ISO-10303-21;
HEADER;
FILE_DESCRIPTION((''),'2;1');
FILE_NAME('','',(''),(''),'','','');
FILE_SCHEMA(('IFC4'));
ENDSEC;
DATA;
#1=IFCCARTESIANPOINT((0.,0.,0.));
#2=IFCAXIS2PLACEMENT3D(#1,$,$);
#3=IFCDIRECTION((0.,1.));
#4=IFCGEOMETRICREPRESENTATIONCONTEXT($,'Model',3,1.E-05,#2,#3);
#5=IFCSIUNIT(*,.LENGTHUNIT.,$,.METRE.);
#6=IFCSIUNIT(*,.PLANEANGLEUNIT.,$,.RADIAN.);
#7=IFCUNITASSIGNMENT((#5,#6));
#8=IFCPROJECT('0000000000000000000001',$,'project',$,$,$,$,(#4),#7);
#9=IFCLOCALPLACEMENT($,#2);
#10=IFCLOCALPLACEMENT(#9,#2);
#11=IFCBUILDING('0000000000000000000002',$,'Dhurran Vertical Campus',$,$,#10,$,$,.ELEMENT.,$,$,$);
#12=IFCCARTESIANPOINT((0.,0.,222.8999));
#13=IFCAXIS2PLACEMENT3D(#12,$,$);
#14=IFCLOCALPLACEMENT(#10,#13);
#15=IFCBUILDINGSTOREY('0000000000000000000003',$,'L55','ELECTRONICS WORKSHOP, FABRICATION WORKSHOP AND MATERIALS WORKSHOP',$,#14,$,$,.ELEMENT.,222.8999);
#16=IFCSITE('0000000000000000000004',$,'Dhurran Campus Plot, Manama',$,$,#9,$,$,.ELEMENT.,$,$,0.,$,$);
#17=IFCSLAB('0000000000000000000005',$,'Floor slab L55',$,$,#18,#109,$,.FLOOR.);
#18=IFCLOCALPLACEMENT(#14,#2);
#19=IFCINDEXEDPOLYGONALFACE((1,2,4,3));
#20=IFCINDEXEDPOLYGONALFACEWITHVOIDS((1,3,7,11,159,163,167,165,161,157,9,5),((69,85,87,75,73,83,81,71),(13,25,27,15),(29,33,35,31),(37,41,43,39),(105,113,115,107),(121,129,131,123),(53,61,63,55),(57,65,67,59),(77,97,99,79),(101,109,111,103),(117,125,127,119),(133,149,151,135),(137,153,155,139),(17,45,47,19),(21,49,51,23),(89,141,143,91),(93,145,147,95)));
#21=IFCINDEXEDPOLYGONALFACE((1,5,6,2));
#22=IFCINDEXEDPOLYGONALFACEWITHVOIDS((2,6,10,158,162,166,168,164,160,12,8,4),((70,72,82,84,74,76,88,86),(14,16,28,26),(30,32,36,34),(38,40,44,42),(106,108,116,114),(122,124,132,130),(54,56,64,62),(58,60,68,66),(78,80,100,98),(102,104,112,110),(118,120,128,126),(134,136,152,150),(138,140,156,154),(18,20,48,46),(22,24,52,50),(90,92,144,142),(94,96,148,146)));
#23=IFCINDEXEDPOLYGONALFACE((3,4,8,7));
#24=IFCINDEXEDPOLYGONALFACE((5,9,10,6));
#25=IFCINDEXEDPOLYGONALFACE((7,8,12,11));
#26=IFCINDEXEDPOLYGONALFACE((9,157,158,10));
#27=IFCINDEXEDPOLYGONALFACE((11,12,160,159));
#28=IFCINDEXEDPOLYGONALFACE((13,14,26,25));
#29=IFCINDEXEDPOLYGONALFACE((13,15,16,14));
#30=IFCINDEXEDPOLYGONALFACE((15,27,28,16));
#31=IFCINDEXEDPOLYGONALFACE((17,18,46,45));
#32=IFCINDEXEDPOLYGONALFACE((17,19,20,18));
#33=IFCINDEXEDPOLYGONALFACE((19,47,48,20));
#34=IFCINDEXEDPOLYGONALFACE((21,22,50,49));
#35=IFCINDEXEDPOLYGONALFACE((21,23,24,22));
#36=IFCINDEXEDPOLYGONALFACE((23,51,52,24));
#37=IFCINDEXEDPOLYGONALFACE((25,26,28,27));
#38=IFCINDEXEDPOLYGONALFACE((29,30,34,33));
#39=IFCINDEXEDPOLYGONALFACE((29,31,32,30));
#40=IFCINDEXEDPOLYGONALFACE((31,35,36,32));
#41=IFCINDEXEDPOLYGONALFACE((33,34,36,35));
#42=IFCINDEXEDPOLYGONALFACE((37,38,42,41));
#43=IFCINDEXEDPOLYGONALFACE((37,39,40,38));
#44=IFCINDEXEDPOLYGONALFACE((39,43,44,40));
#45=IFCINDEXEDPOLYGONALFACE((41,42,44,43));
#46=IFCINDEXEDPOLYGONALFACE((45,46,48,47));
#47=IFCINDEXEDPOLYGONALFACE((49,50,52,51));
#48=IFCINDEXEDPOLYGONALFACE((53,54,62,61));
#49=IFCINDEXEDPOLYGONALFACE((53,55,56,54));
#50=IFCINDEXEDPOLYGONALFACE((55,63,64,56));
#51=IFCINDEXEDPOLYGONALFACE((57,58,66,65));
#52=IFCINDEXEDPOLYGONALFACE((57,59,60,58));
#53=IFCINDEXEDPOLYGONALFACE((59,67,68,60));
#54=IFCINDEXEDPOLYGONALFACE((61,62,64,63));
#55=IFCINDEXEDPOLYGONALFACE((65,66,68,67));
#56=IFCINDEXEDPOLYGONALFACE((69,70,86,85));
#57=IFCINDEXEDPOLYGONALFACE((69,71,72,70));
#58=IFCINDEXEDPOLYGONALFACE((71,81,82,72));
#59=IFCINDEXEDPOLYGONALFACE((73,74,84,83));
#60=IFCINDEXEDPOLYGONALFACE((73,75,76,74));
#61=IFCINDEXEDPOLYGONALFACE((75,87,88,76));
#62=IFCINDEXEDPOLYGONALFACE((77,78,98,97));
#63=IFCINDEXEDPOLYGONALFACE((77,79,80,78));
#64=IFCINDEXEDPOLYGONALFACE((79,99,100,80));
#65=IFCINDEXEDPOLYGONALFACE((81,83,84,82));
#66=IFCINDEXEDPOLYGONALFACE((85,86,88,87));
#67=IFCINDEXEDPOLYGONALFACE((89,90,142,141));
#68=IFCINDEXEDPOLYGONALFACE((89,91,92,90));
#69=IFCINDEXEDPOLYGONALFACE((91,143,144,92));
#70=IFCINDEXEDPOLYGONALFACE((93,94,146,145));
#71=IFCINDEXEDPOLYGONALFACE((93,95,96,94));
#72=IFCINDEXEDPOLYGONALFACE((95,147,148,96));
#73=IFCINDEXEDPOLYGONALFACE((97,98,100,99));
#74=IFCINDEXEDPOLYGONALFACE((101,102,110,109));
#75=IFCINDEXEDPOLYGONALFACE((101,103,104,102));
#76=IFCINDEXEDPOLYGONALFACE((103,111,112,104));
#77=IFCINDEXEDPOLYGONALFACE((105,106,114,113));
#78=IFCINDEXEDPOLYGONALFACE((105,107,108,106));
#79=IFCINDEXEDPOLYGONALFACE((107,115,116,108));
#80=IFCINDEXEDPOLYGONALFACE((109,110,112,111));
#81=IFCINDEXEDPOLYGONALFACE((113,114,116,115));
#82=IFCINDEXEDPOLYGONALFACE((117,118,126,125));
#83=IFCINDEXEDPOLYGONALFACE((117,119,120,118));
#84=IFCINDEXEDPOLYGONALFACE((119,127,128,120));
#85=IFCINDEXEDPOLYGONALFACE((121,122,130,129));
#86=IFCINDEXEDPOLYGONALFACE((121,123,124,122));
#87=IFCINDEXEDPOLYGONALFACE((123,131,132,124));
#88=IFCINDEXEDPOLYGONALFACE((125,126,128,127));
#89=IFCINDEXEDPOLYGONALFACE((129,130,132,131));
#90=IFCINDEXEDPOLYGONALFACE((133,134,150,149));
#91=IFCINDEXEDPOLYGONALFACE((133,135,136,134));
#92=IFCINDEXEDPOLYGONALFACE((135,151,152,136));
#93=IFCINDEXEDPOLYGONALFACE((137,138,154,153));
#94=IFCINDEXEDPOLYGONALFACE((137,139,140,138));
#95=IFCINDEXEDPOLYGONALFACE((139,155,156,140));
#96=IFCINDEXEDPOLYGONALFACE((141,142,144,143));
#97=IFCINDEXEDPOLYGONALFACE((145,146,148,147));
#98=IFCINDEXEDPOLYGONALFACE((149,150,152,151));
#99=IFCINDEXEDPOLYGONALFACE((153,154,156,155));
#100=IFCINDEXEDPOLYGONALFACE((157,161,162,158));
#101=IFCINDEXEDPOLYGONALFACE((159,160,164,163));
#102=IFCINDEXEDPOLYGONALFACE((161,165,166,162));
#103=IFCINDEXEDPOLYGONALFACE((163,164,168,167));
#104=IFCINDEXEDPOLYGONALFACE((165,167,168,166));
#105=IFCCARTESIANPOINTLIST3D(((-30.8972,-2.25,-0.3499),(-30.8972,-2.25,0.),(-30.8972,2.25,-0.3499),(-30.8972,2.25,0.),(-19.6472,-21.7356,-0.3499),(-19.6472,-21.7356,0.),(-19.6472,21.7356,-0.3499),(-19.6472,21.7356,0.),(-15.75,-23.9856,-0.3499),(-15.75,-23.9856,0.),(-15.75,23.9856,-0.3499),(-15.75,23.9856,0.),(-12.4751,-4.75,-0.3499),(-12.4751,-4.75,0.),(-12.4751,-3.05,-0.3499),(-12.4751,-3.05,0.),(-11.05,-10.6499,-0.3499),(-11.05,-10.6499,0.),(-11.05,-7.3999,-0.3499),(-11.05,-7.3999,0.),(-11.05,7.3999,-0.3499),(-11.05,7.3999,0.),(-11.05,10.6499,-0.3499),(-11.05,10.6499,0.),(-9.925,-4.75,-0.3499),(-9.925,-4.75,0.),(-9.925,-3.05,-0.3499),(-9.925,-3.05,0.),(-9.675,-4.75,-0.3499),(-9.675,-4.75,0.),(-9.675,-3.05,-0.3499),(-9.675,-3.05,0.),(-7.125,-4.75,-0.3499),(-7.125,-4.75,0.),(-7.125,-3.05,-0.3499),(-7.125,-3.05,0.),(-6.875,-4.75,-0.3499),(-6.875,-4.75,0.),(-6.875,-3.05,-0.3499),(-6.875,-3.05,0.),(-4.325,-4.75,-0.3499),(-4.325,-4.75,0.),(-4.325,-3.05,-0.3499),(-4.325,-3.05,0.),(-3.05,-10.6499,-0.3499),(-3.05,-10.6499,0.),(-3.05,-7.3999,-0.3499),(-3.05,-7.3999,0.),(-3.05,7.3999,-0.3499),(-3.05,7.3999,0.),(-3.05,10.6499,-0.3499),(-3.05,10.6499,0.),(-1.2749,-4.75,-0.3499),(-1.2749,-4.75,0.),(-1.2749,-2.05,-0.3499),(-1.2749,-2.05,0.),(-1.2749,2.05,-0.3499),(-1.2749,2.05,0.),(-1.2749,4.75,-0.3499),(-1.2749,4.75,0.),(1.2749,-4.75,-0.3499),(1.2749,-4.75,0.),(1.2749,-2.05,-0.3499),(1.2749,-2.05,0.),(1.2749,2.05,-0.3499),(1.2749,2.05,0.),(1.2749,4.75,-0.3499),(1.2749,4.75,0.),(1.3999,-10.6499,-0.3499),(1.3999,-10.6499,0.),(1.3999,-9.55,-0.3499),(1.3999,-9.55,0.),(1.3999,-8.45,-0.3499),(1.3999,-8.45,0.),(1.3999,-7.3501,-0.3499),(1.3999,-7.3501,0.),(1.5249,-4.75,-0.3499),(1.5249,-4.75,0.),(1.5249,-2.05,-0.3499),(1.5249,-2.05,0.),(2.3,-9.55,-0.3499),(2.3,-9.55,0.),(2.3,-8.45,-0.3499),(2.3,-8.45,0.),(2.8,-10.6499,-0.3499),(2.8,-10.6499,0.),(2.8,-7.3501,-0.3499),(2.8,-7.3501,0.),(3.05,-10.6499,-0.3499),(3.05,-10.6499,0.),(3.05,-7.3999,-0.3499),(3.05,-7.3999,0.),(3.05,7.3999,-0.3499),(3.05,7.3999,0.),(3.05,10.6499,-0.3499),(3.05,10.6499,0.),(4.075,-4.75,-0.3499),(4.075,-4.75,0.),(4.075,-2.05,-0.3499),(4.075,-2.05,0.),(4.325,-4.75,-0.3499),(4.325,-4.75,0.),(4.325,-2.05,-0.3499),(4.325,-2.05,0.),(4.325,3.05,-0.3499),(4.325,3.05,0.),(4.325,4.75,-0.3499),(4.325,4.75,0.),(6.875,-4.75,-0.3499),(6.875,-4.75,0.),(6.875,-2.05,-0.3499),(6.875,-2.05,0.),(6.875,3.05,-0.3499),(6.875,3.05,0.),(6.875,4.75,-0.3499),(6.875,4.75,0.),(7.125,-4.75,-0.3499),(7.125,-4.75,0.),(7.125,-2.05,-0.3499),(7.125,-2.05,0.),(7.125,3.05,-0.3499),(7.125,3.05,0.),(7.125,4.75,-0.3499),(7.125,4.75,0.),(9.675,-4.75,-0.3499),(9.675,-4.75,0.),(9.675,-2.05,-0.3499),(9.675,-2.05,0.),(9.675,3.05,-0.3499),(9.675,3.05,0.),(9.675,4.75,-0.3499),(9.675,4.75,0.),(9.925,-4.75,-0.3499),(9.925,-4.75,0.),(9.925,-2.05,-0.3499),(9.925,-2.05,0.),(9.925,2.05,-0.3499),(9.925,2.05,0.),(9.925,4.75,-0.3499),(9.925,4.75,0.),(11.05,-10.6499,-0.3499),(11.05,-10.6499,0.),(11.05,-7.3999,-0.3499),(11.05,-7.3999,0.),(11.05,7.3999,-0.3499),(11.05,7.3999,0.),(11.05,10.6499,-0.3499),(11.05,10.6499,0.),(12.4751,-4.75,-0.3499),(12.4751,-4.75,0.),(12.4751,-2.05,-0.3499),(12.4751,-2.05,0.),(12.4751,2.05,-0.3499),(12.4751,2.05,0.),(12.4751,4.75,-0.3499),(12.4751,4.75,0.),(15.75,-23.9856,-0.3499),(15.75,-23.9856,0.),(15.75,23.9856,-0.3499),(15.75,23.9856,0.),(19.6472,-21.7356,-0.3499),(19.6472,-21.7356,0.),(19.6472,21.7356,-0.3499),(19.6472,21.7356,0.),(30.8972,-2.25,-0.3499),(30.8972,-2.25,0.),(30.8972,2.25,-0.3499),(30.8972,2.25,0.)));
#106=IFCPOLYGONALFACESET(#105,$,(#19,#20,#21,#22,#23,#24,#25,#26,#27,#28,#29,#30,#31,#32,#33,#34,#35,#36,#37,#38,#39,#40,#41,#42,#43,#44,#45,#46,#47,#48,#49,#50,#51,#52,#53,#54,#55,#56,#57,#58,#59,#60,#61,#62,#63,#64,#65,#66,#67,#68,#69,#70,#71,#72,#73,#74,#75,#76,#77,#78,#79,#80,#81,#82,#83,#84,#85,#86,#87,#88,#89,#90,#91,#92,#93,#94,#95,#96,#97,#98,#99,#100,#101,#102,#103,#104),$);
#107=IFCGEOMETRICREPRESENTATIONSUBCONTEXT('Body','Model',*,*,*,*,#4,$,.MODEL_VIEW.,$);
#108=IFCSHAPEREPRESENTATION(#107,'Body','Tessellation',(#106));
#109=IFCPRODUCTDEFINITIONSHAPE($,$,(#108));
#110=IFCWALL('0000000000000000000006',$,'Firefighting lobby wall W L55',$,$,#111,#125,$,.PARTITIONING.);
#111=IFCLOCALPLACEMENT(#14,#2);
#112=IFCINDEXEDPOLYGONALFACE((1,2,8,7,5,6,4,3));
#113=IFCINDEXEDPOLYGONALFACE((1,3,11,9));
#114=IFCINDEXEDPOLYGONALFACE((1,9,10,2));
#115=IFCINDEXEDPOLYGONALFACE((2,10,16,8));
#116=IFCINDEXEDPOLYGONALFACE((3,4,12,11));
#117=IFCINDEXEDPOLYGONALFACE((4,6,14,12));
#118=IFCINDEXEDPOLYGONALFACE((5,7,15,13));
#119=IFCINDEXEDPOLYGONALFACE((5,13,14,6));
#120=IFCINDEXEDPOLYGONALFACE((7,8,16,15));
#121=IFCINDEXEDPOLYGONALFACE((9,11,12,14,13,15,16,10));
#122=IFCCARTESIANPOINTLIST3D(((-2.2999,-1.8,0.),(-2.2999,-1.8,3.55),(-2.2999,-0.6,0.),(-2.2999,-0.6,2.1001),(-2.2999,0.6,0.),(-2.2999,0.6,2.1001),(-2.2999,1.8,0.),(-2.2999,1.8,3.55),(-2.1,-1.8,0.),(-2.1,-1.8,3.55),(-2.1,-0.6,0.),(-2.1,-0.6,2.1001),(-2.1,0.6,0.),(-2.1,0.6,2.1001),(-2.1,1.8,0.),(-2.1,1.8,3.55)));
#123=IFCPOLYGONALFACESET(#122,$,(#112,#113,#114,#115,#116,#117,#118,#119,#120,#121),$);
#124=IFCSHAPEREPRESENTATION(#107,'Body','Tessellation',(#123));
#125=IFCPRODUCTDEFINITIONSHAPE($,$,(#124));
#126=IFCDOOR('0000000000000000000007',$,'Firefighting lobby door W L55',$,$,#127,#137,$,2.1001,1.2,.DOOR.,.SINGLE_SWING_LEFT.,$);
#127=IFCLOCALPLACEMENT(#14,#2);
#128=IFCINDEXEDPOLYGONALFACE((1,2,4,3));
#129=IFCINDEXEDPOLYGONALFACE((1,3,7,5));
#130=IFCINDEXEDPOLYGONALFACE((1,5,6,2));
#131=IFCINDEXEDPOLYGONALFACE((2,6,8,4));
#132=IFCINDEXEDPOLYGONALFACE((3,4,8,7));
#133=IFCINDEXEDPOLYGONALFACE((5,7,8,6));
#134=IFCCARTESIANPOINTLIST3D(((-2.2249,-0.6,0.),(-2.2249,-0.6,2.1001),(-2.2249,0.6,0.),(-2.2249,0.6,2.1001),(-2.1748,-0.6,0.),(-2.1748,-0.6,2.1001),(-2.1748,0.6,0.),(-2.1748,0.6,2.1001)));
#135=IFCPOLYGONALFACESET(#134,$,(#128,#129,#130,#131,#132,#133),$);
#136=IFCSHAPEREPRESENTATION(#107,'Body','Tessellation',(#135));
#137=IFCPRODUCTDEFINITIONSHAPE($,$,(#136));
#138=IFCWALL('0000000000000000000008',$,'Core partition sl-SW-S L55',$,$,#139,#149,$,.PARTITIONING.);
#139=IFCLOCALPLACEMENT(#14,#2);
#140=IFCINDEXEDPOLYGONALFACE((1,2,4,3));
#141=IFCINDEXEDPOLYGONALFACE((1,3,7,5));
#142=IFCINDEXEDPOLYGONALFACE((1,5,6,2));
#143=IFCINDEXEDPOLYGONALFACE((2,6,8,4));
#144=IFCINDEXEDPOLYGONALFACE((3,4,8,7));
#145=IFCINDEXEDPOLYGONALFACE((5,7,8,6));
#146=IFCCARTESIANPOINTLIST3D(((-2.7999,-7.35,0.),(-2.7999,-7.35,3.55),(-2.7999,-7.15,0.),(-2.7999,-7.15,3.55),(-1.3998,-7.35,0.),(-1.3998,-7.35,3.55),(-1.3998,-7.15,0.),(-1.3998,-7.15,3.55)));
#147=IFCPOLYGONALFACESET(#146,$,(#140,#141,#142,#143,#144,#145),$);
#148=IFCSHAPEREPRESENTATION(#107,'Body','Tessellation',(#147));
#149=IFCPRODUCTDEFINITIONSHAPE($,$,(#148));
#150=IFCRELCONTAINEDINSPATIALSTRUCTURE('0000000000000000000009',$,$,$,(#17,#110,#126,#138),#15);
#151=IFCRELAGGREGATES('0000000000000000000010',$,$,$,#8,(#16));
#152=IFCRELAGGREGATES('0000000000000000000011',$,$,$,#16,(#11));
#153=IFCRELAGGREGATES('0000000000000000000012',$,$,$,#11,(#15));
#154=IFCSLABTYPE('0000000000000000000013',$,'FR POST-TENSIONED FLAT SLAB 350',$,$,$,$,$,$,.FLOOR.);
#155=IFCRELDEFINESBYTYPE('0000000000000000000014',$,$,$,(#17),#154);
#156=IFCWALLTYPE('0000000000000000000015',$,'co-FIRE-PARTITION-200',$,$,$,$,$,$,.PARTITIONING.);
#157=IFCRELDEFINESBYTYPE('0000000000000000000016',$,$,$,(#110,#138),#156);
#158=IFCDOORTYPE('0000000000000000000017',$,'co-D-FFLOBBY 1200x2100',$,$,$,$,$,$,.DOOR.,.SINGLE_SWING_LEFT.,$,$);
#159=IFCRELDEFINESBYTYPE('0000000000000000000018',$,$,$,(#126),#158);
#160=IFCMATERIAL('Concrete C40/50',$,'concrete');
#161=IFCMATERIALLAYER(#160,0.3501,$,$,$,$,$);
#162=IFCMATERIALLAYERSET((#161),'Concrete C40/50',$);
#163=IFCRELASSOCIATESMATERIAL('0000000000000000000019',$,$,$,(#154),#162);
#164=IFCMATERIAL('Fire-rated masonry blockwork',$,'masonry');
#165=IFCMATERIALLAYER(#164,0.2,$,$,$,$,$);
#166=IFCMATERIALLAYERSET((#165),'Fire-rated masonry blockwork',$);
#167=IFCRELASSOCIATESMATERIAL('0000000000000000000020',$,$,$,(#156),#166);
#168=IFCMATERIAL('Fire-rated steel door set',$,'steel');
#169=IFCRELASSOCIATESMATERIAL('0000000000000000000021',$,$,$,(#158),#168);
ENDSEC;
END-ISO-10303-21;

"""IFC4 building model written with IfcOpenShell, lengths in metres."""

from ifc_helpers import new_model, si_unit, direction, frame, frame_2d, origin, place, context, subcontext, project, spatial, polyline, rectangle, outline, extrude, material, layer, layer_set, type_object, element, fill, save


model = new_model("IFC4")

# Units and contexts
model_context = context("Model", 3, precision=1e-05, world=origin(), true_north=direction((0.0, 1.0)))
body_context = subcontext(model_context, "Body", "Model", "MODEL_VIEW")
ifc_project = project(units=[si_unit("LENGTHUNIT", "METRE"), si_unit("PLANEANGLEUNIT", "RADIAN")], contexts=[model_context])

# Site, building, storey
site_placement = place(None, origin())
site = spatial("IfcSite", under=ifc_project, at=site_placement, Name="Dhurran Campus Plot, Manama", CompositionType="ELEMENT", RefElevation=0.0)
building_placement = place(site_placement, origin())
building = spatial("IfcBuilding", under=site, at=building_placement, Name="Dhurran Vertical Campus", CompositionType="ELEMENT")
storey_placement = place(building_placement, frame((0.0, 0.0, 222.8999)))
storey = spatial("IfcBuildingStorey", under=building, at=storey_placement, Name="L55", Description="ELECTRONICS WORKSHOP, FABRICATION WORKSHOP AND MATERIALS WORKSHOP", CompositionType="ELEMENT", Elevation=222.8999)

# Slab
ifc_material_1 = material(Name="Concrete C40/50", Category="concrete")
ifc_layer_1 = layer(ifc_material_1, 0.3501)
ifc_layer_set_1 = layer_set([ifc_layer_1], Name="Concrete C40/50")
slab_type = type_object("IfcSlabType", Name="FR POST-TENSIONED FLAT SLAB 350", PredefinedType="FLOOR", material=ifc_layer_set_1)
slab_placement = place(storey_placement, frame((0.0, 0.0, -0.3499)))
element("IfcSlab", 1, at=slab_placement, inside=storey, type_object=slab_type, Name="Floor slab L55", PredefinedType="FLOOR", context=body_context, shape_type="SweptSolid", body=[
    extrude(outline(polyline([(-15.75, -23.9856), (15.75, -23.9856), (19.6472, -21.7356), (30.8972, -2.25), (30.8972, 2.25), (19.6472, 21.7356), (15.75, 23.9856), (-15.75, 23.9856), (-19.6472, 21.7356), (-30.8972, 2.25), (-30.8972, -2.25), (-19.6472, -21.7356), (-15.75, -23.9856)]), holes=[polyline([(-1.2749, 2.05), (1.2749, 2.05), (1.2749, 4.75), (-1.2749, 4.75), (-1.2749, 2.05)]), polyline([(9.925, 2.05), (12.4751, 2.05), (12.4751, 4.75), (9.925, 4.75), (9.925, 2.05)]), polyline([(-1.2749, -4.75), (1.2749, -4.75), (1.2749, -2.05), (-1.2749, -2.05), (-1.2749, -4.75)]), polyline([(1.5249, -4.75), (4.075, -4.75), (4.075, -2.05), (1.5249, -2.05), (1.5249, -4.75)]), polyline([(4.325, -4.75), (6.875, -4.75), (6.875, -2.05), (4.325, -2.05), (4.325, -4.75)]), polyline([(7.125, -4.75), (9.675, -4.75), (9.675, -2.05), (7.125, -2.05), (7.125, -4.75)]), polyline([(9.925, -4.75), (12.4751, -4.75), (12.4751, -2.05), (9.925, -2.05), (9.925, -4.75)]), polyline([(4.325, 3.05), (6.875, 3.05), (6.875, 4.75), (4.325, 4.75), (4.325, 3.05)]), polyline([(7.125, 3.05), (9.675, 3.05), (9.675, 4.75), (7.125, 4.75), (7.125, 3.05)]), polyline([(-12.4751, -4.75), (-9.925, -4.75), (-9.925, -3.05), (-12.4751, -3.05), (-12.4751, -4.75)]), polyline([(-9.675, -4.75), (-7.125, -4.75), (-7.125, -3.05), (-9.675, -3.05), (-9.675, -4.75)]), polyline([(-6.875, -4.75), (-4.325, -4.75), (-4.325, -3.05), (-6.875, -3.05), (-6.875, -4.75)]), polyline([(-11.05, 7.3999), (-3.05, 7.3999), (-3.05, 10.6499), (-11.05, 10.6499), (-11.05, 7.3999)]), polyline([(3.05, 7.3999), (11.05, 7.3999), (11.05, 10.6499), (3.05, 10.6499), (3.05, 7.3999)]), polyline([(-11.05, -10.6499), (-3.05, -10.6499), (-3.05, -7.3999), (-11.05, -7.3999), (-11.05, -10.6499)]), polyline([(3.05, -10.6499), (11.05, -10.6499), (11.05, -7.3999), (3.05, -7.3999), (3.05, -10.6499)]), polyline([(2.8, -10.6499), (1.3999, -10.6499), (1.3999, -9.55), (2.3, -9.55), (2.3, -8.45), (1.3999, -8.45), (1.3999, -7.3501), (2.8, -7.3501), (2.8, -10.6499)])]), origin(), (0.0, 0.0, 1.0), 0.3499),
])

# Wall, opening, door
ifc_material_2 = material(Name="Fire-rated masonry blockwork", Category="masonry")
ifc_layer_2 = layer(ifc_material_2, 0.2)
ifc_layer_set_2 = layer_set([ifc_layer_2], Name="Fire-rated masonry blockwork")
wall_type_1 = type_object("IfcWallType", Name="co-FIRE-PARTITION-200", PredefinedType="PARTITIONING", material=ifc_layer_set_2)
wall_1_placement = place(storey_placement, frame((-2.2, -1.8, 0.0), z_axis=(0.0, 0.0, 1.0), x_axis=(0.0, 1.0, 0.0)))
wall_1 = element("IfcWall", 2, at=wall_1_placement, inside=storey, type_object=wall_type_1, Name="Firefighting lobby wall W L55", PredefinedType="PARTITIONING", context=body_context, shape_type="SweptSolid", body=[
    extrude(rectangle(XDim=3.6001, YDim=0.2, at=frame_2d((1.8, 0.0))), origin(), (0.0, 0.0, 1.0), 3.55),
])
opening_1_placement = place(wall_1_placement, frame((1.2, 0.0, 0.0)))
opening_1 = element("IfcOpeningElement", 3, at=opening_1_placement, cuts=wall_1, PredefinedType="OPENING", context=body_context, shape_type="SweptSolid", body=[
    extrude(rectangle(XDim=1.2, YDim=2.1001, at=frame_2d((0.6001, 1.05))), frame((0.0, 0.1099, 0.0), z_axis=(0.0, -1.0, 0.0), x_axis=(1.0, 0.0, 0.0)), (0.0, 0.0, 1.0), 0.22),
])
ifc_material_3 = material(Name="Fire-rated steel door set", Category="steel")
door_type_1 = type_object("IfcDoorType", Name="co-D-FFLOBBY 1200x2100", OperationType="SINGLE_SWING_LEFT", PredefinedType="DOOR", material=ifc_material_3)
door_1_placement = place(opening_1_placement, origin())
door_1 = element("IfcDoor", 4, at=door_1_placement, inside=storey, type_object=door_type_1, Name="Firefighting lobby door W L55", OperationType="SINGLE_SWING_LEFT", OverallHeight=2.1001, OverallWidth=1.2, PredefinedType="DOOR", context=body_context, shape_type="SweptSolid", body=[
    extrude(rectangle(XDim=1.2, YDim=2.1001, at=frame_2d((0.6001, 1.05))), frame((0.0, 0.0249, 0.0), z_axis=(0.0, -1.0, 0.0), x_axis=(1.0, 0.0, 0.0)), (0.0, 0.0, 1.0), 0.05),
])
fill(opening_1, door_1)

# Wall
wall_2_placement = place(storey_placement, frame((-2.8, -7.25, 0.0), z_axis=(0.0, 0.0, 1.0), x_axis=(1.0, 0.0, 0.0)))
element("IfcWall", 5, at=wall_2_placement, inside=storey, type_object=wall_type_1, Name="Core partition sl-SW-S L55", PredefinedType="PARTITIONING", context=body_context, shape_type="SweptSolid", body=[
    extrude(rectangle(XDim=1.4001, YDim=0.2, at=frame_2d((0.7002, 0.0))), origin(), (0.0, 0.0, 1.0), 3.55),
])

save(model, "model.ifc")
